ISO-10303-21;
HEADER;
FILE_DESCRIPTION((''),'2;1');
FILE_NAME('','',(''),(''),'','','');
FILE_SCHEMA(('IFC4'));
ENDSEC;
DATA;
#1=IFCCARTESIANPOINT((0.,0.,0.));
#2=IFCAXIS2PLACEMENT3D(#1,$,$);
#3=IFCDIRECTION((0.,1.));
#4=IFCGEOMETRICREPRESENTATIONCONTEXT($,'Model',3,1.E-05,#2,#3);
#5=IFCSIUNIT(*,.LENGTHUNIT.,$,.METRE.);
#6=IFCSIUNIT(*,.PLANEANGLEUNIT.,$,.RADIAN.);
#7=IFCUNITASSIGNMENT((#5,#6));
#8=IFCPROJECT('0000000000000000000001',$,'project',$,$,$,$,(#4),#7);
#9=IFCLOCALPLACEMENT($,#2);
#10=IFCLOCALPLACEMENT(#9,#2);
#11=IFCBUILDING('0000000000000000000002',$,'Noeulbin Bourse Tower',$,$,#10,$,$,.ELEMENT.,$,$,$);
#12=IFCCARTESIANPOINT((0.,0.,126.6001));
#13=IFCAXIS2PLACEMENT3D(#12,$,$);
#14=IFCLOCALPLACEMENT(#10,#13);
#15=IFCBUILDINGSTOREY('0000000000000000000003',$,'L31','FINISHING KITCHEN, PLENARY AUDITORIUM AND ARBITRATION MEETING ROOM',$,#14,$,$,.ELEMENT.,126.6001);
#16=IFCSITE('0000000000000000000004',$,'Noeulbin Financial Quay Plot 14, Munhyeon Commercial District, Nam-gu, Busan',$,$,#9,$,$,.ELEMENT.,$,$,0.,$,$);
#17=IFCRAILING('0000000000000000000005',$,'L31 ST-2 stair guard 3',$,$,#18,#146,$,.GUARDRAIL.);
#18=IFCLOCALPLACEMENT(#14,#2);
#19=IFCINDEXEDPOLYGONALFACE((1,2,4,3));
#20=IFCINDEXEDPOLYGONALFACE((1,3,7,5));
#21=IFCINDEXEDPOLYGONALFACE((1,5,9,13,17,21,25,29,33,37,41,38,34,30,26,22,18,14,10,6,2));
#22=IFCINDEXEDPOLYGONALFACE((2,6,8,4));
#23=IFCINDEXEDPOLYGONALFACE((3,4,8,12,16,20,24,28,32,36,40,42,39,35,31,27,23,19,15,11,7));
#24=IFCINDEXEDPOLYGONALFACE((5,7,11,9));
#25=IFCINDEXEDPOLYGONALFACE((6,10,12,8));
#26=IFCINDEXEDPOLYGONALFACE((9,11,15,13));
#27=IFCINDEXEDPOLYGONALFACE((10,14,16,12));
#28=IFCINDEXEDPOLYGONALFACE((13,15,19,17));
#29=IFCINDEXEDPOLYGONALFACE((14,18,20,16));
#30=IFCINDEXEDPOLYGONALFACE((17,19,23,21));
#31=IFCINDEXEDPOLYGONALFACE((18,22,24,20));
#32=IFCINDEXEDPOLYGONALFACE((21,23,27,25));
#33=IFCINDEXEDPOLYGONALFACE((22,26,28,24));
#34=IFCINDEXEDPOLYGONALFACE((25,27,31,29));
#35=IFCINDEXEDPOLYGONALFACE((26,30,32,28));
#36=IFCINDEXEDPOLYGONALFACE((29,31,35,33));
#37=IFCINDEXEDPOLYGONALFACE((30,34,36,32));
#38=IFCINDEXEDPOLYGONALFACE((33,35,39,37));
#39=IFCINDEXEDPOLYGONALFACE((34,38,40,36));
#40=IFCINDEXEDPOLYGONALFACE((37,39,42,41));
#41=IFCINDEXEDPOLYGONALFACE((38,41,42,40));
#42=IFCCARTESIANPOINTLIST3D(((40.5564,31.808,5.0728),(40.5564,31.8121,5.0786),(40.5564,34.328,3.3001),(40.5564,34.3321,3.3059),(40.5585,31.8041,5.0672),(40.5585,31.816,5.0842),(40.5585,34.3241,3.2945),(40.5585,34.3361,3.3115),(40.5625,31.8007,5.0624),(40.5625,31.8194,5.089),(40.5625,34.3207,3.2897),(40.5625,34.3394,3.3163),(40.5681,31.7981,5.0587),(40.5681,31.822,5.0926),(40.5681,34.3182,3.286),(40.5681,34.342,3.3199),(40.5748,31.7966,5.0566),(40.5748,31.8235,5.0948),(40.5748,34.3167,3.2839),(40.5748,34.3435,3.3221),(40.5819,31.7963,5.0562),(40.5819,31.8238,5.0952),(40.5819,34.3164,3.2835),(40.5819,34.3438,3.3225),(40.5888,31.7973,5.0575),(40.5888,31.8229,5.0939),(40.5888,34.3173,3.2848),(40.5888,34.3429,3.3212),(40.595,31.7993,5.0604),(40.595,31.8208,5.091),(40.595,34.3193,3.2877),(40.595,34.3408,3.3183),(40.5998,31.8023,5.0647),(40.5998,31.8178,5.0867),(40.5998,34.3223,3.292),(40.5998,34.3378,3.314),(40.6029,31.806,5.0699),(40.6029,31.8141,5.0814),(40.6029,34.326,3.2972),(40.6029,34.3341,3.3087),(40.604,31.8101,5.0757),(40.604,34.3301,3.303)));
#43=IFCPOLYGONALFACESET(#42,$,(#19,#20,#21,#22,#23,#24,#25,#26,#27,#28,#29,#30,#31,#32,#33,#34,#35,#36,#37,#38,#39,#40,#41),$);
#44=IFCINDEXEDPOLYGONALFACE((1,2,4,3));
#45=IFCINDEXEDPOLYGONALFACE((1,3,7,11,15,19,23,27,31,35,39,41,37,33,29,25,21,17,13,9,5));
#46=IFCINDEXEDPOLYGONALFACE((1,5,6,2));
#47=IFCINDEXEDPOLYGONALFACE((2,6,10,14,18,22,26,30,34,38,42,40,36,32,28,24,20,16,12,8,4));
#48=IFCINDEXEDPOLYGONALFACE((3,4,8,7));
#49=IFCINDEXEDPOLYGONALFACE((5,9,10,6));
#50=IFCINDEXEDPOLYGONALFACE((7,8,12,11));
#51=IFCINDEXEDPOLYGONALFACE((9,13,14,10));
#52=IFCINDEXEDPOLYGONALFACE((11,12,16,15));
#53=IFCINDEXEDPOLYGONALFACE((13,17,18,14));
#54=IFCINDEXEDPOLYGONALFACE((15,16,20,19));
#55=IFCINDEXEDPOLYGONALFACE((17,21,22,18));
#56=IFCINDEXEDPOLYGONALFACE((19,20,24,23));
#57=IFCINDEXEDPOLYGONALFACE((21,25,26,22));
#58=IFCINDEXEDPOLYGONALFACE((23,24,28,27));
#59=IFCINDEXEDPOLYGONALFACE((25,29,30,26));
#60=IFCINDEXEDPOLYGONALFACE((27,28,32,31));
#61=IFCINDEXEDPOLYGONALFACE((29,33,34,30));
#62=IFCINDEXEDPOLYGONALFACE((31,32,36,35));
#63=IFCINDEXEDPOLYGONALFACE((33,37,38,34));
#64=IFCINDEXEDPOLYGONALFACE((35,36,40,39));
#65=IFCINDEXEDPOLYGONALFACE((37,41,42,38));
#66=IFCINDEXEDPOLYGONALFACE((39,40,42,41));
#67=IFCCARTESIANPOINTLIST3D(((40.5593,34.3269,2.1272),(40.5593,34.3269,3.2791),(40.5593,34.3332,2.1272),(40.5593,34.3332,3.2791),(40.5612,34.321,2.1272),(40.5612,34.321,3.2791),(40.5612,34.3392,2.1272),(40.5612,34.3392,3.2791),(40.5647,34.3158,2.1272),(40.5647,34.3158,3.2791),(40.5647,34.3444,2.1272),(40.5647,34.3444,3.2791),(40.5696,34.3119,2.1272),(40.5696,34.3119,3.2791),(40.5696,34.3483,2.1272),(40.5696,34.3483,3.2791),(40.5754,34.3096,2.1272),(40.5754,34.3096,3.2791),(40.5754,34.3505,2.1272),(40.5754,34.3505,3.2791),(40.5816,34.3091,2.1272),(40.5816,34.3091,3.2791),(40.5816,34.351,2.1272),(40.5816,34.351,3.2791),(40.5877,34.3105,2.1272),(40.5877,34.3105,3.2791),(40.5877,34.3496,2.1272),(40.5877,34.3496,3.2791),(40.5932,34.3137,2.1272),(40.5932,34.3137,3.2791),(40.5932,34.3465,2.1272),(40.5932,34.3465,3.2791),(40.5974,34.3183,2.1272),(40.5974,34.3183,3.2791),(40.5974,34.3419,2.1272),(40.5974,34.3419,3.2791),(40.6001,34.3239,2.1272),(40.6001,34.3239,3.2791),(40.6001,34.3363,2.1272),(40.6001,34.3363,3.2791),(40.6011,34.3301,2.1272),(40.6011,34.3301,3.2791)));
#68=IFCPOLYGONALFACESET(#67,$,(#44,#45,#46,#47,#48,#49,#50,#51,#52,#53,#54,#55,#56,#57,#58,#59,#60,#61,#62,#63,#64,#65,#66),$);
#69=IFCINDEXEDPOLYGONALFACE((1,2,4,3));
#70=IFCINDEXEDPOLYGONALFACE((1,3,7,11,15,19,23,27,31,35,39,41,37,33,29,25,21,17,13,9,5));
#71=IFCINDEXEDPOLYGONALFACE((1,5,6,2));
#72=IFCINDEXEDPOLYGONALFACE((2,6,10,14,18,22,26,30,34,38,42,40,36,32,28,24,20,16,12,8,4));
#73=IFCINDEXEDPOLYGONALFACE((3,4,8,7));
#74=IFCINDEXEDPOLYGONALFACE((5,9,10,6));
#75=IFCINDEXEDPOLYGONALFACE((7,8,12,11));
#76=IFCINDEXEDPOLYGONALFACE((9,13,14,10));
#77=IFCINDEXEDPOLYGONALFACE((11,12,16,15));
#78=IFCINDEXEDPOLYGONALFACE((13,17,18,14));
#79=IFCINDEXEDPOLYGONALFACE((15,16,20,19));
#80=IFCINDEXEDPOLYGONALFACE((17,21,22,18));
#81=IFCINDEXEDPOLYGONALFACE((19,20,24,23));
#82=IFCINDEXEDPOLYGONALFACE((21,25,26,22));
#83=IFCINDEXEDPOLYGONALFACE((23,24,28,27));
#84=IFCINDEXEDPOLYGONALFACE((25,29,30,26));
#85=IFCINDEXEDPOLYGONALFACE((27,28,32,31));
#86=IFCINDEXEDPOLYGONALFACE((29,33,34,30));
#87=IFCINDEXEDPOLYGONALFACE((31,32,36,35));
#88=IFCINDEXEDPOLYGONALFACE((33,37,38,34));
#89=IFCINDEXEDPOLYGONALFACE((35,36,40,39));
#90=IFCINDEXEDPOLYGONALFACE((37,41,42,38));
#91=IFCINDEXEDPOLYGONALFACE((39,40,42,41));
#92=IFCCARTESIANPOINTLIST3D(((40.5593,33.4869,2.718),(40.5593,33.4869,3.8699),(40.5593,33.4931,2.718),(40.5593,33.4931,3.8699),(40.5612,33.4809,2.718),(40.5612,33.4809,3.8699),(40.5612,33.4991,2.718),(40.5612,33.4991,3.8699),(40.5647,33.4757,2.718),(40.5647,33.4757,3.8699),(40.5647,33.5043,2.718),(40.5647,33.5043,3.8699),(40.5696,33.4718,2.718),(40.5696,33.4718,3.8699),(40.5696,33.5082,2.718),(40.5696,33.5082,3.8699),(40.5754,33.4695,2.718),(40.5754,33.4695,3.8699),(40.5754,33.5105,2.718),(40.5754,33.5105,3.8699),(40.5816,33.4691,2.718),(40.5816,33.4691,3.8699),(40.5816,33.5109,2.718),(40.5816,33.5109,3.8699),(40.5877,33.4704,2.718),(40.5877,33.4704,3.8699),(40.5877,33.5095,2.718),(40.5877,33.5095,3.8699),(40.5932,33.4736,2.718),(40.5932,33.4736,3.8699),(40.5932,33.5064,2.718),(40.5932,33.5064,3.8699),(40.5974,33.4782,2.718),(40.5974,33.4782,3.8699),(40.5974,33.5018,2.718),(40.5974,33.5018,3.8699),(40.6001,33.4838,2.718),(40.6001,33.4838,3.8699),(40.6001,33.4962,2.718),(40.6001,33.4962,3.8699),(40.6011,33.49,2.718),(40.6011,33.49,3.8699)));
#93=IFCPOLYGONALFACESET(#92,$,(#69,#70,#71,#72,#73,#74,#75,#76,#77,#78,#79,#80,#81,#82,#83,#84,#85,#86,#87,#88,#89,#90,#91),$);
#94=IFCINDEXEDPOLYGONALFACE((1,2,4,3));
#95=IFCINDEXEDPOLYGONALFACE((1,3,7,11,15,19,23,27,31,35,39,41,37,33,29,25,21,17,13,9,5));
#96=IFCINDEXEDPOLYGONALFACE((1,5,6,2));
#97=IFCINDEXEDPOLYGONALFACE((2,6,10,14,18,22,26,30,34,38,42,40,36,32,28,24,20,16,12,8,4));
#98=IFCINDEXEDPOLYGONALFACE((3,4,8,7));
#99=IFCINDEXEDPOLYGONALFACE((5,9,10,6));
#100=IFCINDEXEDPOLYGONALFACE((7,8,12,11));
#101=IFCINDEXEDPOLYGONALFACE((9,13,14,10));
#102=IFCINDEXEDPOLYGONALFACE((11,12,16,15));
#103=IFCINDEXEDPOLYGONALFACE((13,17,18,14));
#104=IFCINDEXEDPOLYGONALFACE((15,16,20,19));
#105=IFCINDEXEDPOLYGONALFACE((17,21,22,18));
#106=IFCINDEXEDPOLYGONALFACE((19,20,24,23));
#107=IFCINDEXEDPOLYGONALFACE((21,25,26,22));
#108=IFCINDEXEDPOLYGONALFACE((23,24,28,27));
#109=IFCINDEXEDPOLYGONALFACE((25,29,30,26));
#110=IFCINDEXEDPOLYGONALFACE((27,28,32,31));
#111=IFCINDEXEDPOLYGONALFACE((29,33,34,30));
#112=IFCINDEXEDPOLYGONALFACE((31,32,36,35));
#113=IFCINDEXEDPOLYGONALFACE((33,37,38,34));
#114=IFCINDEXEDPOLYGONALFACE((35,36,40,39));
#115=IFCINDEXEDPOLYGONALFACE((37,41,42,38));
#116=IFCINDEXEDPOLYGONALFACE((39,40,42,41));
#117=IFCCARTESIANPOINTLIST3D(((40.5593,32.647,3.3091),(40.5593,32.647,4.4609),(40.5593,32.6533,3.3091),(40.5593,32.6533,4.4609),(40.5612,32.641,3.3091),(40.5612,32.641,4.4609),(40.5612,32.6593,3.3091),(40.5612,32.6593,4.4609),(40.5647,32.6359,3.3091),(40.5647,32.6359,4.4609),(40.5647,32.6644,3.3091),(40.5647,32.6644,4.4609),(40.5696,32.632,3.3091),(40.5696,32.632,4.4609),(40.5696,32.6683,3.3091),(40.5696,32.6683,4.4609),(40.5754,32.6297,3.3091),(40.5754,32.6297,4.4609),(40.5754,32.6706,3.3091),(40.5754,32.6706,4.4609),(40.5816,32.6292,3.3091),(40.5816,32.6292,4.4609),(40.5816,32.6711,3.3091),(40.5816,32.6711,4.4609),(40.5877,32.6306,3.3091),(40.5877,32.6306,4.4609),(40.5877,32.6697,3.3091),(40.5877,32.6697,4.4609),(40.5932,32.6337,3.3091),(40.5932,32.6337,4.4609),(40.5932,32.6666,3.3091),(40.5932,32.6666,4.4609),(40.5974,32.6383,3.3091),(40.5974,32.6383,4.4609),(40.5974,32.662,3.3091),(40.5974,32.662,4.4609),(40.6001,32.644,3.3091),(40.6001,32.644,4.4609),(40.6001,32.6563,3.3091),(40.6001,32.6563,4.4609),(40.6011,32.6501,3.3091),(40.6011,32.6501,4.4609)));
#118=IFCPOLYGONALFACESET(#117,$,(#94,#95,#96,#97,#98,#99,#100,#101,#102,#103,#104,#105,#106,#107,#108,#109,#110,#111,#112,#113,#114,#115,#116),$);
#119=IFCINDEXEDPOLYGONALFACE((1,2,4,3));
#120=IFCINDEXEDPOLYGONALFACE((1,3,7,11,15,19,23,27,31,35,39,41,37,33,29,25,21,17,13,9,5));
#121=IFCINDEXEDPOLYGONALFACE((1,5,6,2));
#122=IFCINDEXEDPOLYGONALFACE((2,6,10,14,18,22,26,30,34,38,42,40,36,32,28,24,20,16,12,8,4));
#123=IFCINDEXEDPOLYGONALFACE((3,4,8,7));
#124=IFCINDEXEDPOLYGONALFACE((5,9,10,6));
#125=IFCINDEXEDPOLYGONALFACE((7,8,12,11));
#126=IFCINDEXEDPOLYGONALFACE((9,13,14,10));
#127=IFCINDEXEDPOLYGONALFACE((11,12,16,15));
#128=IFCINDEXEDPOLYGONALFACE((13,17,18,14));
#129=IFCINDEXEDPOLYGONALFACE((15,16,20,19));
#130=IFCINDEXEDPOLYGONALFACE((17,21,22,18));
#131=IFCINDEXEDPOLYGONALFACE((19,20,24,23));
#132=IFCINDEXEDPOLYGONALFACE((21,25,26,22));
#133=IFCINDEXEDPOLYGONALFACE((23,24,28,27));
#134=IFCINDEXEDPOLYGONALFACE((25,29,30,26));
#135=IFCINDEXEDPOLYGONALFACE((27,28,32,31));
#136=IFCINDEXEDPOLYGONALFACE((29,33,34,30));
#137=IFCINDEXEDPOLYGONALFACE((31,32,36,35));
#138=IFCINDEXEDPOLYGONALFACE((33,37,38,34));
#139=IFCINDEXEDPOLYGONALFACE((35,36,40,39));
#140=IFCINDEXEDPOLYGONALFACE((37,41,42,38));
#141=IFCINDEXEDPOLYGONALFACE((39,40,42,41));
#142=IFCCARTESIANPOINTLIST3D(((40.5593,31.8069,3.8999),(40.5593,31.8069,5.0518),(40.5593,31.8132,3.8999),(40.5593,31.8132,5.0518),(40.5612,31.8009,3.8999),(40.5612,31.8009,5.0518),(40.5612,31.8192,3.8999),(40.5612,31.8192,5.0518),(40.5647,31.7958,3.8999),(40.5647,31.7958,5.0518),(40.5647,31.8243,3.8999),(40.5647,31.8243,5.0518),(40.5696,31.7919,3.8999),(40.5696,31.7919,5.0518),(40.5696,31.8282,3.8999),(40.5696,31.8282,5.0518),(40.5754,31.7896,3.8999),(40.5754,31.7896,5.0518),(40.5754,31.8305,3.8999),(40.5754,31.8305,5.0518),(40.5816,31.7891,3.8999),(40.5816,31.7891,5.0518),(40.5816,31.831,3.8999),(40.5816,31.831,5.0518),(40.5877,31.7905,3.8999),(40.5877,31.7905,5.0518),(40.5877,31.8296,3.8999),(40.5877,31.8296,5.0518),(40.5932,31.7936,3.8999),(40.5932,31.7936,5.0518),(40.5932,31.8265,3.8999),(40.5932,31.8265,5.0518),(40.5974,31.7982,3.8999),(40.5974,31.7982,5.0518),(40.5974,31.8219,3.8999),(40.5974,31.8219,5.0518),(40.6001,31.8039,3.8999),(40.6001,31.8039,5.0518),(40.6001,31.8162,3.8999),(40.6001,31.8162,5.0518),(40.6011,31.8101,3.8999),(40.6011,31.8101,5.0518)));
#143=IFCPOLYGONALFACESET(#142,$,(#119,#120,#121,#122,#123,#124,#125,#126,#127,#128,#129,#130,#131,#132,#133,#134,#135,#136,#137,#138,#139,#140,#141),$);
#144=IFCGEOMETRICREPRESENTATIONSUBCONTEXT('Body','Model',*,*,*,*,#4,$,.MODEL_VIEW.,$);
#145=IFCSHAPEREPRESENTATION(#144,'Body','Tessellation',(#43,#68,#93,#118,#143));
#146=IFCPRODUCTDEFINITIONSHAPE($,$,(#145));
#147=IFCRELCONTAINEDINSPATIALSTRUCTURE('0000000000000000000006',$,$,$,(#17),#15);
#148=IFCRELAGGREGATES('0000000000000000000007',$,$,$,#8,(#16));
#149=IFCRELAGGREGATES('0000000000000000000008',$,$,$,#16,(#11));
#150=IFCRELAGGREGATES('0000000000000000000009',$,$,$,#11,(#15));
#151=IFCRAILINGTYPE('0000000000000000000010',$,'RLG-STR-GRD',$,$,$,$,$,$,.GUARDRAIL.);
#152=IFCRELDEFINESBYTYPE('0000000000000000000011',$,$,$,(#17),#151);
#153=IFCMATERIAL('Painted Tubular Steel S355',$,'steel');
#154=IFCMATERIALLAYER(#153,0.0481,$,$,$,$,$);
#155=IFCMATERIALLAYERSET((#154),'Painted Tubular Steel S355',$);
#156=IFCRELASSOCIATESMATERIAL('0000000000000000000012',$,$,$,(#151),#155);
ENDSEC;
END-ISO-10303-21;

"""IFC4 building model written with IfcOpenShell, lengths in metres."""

from ifc_helpers import new_model, si_unit, direction, frame, origin, origin_2d, place, context, subcontext, project, spatial, circle, extrude, material, layer, layer_set, type_object, element, save


model = new_model("IFC4")

# Units and contexts
model_context = context("Model", 3, precision=1e-05, world=origin(), true_north=direction((0.0, 1.0)))
body_context = subcontext(model_context, "Body", "Model", "MODEL_VIEW")
ifc_project = project(units=[si_unit("LENGTHUNIT", "METRE"), si_unit("PLANEANGLEUNIT", "RADIAN")], contexts=[model_context])

# Site, building, storey
site_placement = place(None, origin())
site = spatial("IfcSite", under=ifc_project, at=site_placement, Name="Noeulbin Financial Quay Plot 14, Munhyeon Commercial District, Nam-gu, Busan", CompositionType="ELEMENT", RefElevation=0.0)
building_placement = place(site_placement, origin())
building = spatial("IfcBuilding", under=site, at=building_placement, Name="Noeulbin Bourse Tower", CompositionType="ELEMENT")
storey_placement = place(building_placement, frame((0.0, 0.0, 126.6001)))
storey = spatial("IfcBuildingStorey", under=building, at=storey_placement, Name="L31", Description="FINISHING KITCHEN, PLENARY AUDITORIUM AND ARBITRATION MEETING ROOM", CompositionType="ELEMENT", Elevation=126.6001)

# Railing
ifc_material_1 = material(Name="Painted Tubular Steel S355", Category="steel")
ifc_layer_1 = layer(ifc_material_1, 0.0481)
ifc_layer_set_1 = layer_set([ifc_layer_1], Name="Painted Tubular Steel S355")
railing_type = type_object("IfcRailingType", Name="RLG-STR-GRD", PredefinedType="GUARDRAIL", material=ifc_layer_set_1)
railing_placement = place(storey_placement, frame((40.5801, 34.3301, 2.1272)))
element("IfcRailing", 1, at=railing_placement, inside=storey, type_object=railing_type, Name="L31 ST-2 stair guard 3", PredefinedType="GUARDRAIL", context=body_context, shape_type="SweptSolid", body=[
    extrude(circle(Radius=0.0239, at=origin_2d()), frame((0.0, 0.0, 1.1758), z_axis=(0.0, -0.817904, 0.575354), x_axis=(1.0, 0.0, 0.0)), (0.0, 0.0, 1.0), 3.0811),
    extrude(circle(Radius=0.021, at=origin_2d()), origin(), (0.0, 0.0, 1.0), 1.1519),
    extrude(circle(Radius=0.021, at=origin_2d()), frame((0.0, -0.8401, 0.5908)), (0.0, 0.0, 1.0), 1.1519),
    extrude(circle(Radius=0.021, at=origin_2d()), frame((0.0, -1.6799, 1.1819)), (0.0, 0.0, 1.0), 1.1519),
    extrude(circle(Radius=0.021, at=origin_2d()), frame((0.0, -2.52, 1.7727)), (0.0, 0.0, 1.0), 1.1519),
])

save(model, "model.ifc")
